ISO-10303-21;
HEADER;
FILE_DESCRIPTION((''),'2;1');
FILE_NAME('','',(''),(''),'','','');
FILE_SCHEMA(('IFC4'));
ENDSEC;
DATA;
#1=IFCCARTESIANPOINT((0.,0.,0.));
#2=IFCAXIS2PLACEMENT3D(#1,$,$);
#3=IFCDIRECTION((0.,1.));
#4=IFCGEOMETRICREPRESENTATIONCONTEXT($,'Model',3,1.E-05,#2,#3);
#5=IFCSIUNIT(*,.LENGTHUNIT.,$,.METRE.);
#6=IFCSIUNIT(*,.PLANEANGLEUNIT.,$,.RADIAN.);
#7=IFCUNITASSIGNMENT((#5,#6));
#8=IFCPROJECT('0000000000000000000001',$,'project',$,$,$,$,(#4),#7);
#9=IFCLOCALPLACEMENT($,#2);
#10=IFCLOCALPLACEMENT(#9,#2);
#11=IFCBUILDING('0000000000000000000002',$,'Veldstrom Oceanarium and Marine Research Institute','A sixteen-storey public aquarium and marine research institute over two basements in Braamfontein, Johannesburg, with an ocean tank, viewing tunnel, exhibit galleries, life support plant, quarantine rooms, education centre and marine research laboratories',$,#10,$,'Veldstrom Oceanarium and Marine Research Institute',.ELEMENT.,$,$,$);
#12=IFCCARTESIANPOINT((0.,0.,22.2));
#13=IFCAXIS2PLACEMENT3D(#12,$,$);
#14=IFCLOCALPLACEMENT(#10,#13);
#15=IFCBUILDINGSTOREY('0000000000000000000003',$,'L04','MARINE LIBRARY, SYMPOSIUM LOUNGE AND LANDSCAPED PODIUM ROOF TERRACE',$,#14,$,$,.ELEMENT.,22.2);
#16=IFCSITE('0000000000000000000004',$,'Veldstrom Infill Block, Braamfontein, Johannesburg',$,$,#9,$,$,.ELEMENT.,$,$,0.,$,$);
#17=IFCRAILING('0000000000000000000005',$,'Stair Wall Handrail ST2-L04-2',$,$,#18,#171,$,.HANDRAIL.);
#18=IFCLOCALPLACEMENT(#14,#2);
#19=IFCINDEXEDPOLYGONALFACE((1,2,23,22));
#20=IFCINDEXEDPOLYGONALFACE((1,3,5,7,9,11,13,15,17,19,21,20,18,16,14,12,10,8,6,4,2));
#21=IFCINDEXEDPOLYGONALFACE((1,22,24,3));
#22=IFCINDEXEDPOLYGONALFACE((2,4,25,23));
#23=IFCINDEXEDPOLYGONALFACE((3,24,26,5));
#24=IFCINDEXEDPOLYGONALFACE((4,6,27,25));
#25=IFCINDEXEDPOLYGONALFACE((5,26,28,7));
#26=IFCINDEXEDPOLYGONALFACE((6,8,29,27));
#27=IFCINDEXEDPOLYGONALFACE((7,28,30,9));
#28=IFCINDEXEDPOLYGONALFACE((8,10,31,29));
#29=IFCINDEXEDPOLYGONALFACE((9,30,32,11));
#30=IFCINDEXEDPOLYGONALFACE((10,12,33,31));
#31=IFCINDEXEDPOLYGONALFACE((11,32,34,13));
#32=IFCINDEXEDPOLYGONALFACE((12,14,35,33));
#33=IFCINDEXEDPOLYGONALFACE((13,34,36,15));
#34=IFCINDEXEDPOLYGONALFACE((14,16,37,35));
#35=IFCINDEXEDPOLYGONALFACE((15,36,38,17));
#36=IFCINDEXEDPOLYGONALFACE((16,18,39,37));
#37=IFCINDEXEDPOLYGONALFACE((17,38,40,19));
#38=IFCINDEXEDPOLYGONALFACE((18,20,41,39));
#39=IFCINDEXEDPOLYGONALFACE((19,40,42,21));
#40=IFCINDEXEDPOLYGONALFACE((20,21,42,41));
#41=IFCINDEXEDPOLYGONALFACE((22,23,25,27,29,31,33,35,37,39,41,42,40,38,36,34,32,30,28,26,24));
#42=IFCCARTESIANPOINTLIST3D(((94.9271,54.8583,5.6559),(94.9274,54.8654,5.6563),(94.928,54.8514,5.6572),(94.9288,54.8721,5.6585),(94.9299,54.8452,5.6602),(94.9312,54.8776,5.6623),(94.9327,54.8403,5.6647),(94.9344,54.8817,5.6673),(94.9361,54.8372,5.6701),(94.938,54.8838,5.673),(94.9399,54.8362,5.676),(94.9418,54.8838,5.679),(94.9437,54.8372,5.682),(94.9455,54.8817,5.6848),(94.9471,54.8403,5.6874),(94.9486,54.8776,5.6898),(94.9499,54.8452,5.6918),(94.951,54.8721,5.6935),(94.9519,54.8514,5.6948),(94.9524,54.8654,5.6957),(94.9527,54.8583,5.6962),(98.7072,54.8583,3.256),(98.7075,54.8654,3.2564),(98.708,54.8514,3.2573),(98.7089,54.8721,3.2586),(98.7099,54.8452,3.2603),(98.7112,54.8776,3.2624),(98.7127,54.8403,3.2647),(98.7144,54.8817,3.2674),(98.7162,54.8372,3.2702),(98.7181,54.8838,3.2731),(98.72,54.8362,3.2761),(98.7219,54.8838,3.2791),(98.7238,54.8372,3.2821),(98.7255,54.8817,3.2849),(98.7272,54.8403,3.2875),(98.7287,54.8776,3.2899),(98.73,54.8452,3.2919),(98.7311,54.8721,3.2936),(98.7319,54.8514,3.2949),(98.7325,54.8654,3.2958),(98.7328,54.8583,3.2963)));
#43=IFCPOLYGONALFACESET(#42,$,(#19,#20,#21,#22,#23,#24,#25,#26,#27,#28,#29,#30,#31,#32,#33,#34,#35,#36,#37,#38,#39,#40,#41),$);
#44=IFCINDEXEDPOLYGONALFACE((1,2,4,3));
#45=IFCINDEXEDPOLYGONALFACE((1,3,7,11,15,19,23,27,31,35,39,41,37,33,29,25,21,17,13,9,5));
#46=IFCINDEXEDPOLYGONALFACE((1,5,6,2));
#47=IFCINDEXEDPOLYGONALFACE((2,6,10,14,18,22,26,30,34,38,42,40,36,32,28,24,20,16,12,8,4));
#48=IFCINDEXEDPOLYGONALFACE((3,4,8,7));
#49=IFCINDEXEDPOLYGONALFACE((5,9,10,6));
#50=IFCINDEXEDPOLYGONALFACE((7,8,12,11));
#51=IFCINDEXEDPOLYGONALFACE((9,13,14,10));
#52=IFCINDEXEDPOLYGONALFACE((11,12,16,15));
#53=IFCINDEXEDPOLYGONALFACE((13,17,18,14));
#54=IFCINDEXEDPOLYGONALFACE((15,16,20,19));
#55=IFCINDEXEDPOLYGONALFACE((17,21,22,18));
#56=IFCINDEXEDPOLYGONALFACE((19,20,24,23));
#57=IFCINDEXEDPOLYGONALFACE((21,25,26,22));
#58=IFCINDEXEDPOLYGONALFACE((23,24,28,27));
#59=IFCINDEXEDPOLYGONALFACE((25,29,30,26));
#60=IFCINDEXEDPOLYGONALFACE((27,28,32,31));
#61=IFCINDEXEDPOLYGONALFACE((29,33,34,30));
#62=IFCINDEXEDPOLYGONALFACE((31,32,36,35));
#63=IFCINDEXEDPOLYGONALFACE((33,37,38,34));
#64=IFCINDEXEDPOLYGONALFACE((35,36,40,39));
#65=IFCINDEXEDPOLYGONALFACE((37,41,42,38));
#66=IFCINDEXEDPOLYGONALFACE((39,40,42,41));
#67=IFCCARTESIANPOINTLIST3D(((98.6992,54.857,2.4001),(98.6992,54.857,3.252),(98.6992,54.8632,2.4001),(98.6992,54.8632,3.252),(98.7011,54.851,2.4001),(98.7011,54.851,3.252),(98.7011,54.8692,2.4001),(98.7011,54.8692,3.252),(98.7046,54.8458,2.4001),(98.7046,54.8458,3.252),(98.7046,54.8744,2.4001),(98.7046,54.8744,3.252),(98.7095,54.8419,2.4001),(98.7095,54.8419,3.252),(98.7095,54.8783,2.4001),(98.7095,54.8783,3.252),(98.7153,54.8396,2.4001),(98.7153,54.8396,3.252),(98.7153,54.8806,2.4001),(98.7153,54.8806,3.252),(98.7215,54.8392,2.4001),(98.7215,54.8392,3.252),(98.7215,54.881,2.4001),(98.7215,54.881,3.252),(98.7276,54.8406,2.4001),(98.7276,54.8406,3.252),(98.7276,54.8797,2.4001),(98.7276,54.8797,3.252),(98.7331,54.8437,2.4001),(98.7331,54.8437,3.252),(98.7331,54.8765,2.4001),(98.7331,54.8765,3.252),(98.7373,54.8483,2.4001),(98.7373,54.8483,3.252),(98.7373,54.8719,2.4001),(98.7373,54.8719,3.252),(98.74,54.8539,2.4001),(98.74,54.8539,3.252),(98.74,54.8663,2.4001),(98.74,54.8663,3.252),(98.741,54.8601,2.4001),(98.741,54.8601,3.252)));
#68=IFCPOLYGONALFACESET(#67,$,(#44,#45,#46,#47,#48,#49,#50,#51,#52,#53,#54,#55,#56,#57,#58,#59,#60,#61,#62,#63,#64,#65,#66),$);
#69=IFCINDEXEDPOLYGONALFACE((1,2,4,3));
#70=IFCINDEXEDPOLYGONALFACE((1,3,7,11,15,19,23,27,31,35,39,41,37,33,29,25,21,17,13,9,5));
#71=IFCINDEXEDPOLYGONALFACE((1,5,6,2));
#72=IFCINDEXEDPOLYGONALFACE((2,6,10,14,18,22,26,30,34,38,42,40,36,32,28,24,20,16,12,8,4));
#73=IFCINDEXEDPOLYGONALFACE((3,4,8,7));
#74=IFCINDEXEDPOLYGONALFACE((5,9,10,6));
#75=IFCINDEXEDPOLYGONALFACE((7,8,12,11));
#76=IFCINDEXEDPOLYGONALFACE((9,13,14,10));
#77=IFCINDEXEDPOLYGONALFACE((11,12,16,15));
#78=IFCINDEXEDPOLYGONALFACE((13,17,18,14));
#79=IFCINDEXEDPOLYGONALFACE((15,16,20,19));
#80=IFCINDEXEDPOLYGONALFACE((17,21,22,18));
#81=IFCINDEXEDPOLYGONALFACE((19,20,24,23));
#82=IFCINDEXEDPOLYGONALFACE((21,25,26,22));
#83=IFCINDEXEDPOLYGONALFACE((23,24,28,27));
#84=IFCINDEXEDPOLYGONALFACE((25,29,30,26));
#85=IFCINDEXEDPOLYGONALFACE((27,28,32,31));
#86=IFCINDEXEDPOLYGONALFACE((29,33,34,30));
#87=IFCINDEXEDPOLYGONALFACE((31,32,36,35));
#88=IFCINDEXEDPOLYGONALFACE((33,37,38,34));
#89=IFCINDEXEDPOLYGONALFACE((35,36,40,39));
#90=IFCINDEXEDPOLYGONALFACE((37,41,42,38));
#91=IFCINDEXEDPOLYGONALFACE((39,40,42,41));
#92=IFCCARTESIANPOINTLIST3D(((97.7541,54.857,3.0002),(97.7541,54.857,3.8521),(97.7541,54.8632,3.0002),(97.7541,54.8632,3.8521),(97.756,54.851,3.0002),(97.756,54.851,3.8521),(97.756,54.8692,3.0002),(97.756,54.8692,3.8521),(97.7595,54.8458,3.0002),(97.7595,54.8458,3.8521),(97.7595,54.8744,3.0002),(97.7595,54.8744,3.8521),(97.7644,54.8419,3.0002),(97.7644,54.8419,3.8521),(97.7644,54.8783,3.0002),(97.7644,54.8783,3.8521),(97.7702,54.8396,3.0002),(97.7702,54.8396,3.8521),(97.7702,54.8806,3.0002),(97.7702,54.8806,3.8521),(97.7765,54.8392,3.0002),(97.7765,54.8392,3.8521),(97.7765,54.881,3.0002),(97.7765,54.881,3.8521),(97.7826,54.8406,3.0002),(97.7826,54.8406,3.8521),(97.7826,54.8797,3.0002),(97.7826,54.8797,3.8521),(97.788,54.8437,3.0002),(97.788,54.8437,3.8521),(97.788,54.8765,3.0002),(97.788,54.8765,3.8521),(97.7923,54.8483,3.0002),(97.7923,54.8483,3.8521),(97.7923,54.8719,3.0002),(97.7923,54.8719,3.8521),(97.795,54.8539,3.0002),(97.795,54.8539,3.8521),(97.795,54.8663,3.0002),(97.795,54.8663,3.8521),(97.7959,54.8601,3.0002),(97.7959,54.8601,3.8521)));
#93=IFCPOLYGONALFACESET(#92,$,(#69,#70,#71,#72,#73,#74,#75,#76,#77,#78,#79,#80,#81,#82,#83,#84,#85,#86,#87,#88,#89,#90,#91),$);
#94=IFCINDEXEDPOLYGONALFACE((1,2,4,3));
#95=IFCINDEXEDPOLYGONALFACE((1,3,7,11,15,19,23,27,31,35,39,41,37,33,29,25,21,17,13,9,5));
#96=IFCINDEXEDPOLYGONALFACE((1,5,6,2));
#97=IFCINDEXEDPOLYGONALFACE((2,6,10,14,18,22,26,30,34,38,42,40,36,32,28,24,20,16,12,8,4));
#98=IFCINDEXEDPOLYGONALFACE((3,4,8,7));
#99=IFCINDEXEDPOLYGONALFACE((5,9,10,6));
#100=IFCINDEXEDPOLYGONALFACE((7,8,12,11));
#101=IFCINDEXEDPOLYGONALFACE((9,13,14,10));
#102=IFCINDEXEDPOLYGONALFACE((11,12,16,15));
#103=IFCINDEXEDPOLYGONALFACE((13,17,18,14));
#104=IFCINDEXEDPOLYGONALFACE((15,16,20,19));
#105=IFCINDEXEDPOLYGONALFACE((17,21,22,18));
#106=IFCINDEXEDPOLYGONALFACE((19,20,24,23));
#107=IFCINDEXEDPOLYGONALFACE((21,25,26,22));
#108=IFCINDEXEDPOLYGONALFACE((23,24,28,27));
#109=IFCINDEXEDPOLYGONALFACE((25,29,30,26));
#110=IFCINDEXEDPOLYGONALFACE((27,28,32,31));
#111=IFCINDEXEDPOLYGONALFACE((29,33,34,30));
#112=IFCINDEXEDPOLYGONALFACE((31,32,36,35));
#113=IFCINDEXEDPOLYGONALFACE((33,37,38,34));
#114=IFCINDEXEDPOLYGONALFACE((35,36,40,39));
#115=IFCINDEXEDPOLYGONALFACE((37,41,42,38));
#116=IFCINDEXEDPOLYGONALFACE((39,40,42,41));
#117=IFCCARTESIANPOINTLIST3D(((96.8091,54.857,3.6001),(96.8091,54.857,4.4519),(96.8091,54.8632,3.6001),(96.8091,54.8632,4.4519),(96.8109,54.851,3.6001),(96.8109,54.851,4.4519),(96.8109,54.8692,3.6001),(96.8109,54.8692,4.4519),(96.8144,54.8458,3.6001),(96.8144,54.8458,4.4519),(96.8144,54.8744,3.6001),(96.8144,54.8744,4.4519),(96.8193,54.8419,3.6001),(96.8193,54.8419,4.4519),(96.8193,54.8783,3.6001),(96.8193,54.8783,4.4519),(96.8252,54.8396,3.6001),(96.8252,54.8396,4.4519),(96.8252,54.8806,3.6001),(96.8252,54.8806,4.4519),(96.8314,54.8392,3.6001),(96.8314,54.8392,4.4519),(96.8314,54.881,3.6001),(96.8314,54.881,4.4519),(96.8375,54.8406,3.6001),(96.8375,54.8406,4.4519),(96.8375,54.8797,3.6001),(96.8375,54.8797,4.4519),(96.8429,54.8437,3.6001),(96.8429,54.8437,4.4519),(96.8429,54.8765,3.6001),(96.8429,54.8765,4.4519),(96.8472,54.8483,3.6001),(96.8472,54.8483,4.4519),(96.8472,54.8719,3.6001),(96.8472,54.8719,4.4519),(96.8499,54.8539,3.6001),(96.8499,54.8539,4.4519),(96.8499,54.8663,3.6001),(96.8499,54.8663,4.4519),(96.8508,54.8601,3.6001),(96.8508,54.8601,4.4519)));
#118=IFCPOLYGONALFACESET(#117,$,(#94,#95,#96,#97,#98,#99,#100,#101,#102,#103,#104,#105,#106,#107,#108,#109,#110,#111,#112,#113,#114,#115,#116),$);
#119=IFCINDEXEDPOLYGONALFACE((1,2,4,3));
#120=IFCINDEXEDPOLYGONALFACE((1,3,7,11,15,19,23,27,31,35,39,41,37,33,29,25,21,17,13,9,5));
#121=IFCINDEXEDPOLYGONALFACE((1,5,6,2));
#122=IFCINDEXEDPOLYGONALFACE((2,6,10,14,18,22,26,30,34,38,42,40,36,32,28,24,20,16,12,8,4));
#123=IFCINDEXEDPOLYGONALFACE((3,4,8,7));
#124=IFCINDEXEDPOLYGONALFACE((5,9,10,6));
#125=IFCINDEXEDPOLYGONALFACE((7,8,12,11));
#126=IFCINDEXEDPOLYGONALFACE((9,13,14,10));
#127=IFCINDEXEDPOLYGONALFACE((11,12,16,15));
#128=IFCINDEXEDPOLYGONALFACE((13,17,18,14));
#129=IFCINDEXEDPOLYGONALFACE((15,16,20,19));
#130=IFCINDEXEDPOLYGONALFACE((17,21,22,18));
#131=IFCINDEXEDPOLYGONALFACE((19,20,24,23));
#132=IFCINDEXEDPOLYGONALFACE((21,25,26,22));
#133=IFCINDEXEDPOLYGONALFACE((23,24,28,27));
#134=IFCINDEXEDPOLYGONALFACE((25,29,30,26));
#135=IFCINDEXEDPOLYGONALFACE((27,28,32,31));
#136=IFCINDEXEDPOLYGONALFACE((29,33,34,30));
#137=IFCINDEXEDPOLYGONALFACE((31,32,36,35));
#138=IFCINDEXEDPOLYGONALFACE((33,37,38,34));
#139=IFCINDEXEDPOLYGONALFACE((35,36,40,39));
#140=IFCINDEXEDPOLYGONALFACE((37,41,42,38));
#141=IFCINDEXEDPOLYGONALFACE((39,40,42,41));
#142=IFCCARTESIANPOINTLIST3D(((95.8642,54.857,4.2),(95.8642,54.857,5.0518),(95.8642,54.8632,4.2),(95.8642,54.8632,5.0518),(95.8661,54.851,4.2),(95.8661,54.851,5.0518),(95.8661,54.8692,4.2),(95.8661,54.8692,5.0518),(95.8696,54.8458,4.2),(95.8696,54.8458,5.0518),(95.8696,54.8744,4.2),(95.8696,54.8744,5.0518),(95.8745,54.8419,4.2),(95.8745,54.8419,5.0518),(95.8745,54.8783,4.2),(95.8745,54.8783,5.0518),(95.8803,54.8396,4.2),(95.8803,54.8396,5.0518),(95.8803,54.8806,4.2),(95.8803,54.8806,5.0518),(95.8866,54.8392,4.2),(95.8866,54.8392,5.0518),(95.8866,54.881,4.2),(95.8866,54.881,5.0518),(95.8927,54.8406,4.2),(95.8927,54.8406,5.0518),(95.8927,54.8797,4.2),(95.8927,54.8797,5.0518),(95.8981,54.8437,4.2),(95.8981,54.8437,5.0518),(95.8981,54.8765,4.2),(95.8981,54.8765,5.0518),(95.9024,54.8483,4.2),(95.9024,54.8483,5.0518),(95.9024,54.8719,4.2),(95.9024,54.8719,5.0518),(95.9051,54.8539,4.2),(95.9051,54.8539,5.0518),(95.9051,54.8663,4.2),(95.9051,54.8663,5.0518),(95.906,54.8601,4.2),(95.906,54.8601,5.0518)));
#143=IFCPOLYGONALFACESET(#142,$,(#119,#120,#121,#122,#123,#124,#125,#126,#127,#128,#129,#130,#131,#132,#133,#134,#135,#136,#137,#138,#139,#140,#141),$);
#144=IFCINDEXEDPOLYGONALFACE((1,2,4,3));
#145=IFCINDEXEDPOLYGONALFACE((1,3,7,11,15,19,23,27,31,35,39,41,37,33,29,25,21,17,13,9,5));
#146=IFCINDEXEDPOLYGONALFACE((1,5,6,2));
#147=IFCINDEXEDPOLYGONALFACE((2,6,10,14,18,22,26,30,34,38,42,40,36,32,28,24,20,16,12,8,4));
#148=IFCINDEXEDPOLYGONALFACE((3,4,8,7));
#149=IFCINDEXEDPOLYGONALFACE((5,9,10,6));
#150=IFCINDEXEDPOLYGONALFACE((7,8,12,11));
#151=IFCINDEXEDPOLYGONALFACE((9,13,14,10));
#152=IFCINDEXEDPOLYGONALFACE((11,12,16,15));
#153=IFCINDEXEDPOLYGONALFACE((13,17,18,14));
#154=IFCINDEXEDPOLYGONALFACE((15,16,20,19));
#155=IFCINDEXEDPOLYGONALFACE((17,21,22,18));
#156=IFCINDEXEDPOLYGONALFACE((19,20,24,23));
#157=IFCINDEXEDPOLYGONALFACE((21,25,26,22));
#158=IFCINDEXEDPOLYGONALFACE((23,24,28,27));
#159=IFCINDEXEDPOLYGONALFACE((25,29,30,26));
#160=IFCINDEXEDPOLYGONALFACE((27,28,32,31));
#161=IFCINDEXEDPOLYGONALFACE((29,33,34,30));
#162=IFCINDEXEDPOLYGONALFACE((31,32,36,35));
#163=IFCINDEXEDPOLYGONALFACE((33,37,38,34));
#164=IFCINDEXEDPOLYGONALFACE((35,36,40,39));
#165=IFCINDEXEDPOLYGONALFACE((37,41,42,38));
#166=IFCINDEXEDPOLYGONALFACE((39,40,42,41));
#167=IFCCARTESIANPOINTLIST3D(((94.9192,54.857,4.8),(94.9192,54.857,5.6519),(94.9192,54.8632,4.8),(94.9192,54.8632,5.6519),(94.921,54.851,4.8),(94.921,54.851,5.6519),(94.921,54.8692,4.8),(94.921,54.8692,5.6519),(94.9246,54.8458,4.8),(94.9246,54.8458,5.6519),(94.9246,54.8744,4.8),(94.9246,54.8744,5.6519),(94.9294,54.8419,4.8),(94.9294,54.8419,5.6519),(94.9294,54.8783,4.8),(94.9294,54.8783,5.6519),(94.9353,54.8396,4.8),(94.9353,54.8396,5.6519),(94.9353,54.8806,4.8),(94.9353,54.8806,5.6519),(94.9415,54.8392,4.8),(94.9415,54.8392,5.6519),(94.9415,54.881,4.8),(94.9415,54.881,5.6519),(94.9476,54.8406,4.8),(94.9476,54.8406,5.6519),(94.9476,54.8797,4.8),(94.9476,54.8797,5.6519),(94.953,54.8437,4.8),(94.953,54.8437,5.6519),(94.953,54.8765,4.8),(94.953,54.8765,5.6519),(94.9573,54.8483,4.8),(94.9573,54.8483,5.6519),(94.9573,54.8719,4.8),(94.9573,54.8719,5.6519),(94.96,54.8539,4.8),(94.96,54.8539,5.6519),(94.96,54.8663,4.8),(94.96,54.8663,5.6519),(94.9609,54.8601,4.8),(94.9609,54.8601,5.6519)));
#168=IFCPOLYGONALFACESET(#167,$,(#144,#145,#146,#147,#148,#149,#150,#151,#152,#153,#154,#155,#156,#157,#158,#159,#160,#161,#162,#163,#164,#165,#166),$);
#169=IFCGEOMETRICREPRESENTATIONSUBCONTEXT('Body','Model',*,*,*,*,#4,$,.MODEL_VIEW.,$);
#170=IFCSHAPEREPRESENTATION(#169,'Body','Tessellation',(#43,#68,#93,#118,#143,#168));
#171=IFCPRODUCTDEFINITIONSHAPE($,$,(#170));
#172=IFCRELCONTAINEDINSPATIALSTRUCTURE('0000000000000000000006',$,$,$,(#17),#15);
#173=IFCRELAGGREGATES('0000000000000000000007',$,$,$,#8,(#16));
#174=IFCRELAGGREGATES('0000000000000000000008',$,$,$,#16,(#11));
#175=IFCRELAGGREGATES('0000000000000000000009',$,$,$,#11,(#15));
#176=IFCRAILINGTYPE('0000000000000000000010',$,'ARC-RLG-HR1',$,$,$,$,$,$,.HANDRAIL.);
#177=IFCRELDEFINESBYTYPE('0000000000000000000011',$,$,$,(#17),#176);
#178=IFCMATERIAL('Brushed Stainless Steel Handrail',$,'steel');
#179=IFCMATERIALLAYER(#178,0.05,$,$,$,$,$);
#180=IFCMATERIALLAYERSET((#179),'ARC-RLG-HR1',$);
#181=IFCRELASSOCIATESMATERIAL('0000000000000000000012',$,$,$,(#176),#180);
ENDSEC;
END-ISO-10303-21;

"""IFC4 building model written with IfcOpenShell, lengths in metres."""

from ifc_helpers import new_model, si_unit, direction, frame, origin, origin_2d, place, context, subcontext, project, spatial, circle, extrude, material, layer, layer_set, type_object, element, save


model = new_model("IFC4")

# Units and contexts
model_context = context("Model", 3, precision=1e-05, world=origin(), true_north=direction((0.0, 1.0)))
body_context = subcontext(model_context, "Body", "Model", "MODEL_VIEW")
ifc_project = project(units=[si_unit("LENGTHUNIT", "METRE"), si_unit("PLANEANGLEUNIT", "RADIAN")], contexts=[model_context])

# Site, building, storey
site_placement = place(None, origin())
site = spatial("IfcSite", under=ifc_project, at=site_placement, Name="Veldstrom Infill Block, Braamfontein, Johannesburg", CompositionType="ELEMENT", RefElevation=0.0)
building_placement = place(site_placement, origin())
building = spatial("IfcBuilding", under=site, at=building_placement, Name="Veldstrom Oceanarium and Marine Research Institute", Description="A sixteen-storey public aquarium and marine research institute over two basements in Braamfontein, Johannesburg, with an ocean tank, viewing tunnel, exhibit galleries, life support plant, quarantine rooms, education centre and marine research laboratories", LongName="Veldstrom Oceanarium and Marine Research Institute", CompositionType="ELEMENT")
storey_placement = place(building_placement, frame((0.0, 0.0, 22.2)))
storey = spatial("IfcBuildingStorey", under=building, at=storey_placement, Name="L04", Description="MARINE LIBRARY, SYMPOSIUM LOUNGE AND LANDSCAPED PODIUM ROOF TERRACE", CompositionType="ELEMENT", Elevation=22.2)

# Railing
ifc_material_1 = material(Name="Brushed Stainless Steel Handrail", Category="steel")
ifc_layer_1 = layer(ifc_material_1, 0.05)
ifc_layer_set_1 = layer_set([ifc_layer_1], Name="ARC-RLG-HR1")
railing_type_1 = type_object("IfcRailingType", Name="ARC-RLG-HR1", PredefinedType="HANDRAIL", material=ifc_layer_set_1)
railing_1_placement = place(storey_placement, frame((98.72, 54.8601, 2.4001)))
element("IfcRailing", 1, at=railing_1_placement, inside=storey, type_object=railing_type_1, Name="Stair Wall Handrail ST2-L04-2", PredefinedType="HANDRAIL", context=body_context, shape_type="SweptSolid", body=[
    extrude(circle(Radius=0.0239, at=origin_2d()), frame((0.0, 0.0, 0.876), z_axis=(-0.844225, 0.0, 0.53599), x_axis=(0.0, -1.0, 0.0)), (0.0, 0.0, 1.0), 4.4775),
    extrude(circle(Radius=0.021, at=origin_2d()), origin(), (0.0, 0.0, 1.0), 0.8518),
    extrude(circle(Radius=0.021, at=origin_2d()), frame((-0.9451, 0.0, 0.6001)), (0.0, 0.0, 1.0), 0.8518),
    extrude(circle(Radius=0.021, at=origin_2d()), frame((-1.8901, 0.0, 1.2)), (0.0, 0.0, 1.0), 0.8518),
    extrude(circle(Radius=0.021, at=origin_2d()), frame((-2.835, 0.0, 1.7998)), (0.0, 0.0, 1.0), 0.8518),
    extrude(circle(Radius=0.021, at=origin_2d()), frame((-3.78, 0.0, 2.3999)), (0.0, 0.0, 1.0), 0.8518),
])

save(model, "model.ifc")
